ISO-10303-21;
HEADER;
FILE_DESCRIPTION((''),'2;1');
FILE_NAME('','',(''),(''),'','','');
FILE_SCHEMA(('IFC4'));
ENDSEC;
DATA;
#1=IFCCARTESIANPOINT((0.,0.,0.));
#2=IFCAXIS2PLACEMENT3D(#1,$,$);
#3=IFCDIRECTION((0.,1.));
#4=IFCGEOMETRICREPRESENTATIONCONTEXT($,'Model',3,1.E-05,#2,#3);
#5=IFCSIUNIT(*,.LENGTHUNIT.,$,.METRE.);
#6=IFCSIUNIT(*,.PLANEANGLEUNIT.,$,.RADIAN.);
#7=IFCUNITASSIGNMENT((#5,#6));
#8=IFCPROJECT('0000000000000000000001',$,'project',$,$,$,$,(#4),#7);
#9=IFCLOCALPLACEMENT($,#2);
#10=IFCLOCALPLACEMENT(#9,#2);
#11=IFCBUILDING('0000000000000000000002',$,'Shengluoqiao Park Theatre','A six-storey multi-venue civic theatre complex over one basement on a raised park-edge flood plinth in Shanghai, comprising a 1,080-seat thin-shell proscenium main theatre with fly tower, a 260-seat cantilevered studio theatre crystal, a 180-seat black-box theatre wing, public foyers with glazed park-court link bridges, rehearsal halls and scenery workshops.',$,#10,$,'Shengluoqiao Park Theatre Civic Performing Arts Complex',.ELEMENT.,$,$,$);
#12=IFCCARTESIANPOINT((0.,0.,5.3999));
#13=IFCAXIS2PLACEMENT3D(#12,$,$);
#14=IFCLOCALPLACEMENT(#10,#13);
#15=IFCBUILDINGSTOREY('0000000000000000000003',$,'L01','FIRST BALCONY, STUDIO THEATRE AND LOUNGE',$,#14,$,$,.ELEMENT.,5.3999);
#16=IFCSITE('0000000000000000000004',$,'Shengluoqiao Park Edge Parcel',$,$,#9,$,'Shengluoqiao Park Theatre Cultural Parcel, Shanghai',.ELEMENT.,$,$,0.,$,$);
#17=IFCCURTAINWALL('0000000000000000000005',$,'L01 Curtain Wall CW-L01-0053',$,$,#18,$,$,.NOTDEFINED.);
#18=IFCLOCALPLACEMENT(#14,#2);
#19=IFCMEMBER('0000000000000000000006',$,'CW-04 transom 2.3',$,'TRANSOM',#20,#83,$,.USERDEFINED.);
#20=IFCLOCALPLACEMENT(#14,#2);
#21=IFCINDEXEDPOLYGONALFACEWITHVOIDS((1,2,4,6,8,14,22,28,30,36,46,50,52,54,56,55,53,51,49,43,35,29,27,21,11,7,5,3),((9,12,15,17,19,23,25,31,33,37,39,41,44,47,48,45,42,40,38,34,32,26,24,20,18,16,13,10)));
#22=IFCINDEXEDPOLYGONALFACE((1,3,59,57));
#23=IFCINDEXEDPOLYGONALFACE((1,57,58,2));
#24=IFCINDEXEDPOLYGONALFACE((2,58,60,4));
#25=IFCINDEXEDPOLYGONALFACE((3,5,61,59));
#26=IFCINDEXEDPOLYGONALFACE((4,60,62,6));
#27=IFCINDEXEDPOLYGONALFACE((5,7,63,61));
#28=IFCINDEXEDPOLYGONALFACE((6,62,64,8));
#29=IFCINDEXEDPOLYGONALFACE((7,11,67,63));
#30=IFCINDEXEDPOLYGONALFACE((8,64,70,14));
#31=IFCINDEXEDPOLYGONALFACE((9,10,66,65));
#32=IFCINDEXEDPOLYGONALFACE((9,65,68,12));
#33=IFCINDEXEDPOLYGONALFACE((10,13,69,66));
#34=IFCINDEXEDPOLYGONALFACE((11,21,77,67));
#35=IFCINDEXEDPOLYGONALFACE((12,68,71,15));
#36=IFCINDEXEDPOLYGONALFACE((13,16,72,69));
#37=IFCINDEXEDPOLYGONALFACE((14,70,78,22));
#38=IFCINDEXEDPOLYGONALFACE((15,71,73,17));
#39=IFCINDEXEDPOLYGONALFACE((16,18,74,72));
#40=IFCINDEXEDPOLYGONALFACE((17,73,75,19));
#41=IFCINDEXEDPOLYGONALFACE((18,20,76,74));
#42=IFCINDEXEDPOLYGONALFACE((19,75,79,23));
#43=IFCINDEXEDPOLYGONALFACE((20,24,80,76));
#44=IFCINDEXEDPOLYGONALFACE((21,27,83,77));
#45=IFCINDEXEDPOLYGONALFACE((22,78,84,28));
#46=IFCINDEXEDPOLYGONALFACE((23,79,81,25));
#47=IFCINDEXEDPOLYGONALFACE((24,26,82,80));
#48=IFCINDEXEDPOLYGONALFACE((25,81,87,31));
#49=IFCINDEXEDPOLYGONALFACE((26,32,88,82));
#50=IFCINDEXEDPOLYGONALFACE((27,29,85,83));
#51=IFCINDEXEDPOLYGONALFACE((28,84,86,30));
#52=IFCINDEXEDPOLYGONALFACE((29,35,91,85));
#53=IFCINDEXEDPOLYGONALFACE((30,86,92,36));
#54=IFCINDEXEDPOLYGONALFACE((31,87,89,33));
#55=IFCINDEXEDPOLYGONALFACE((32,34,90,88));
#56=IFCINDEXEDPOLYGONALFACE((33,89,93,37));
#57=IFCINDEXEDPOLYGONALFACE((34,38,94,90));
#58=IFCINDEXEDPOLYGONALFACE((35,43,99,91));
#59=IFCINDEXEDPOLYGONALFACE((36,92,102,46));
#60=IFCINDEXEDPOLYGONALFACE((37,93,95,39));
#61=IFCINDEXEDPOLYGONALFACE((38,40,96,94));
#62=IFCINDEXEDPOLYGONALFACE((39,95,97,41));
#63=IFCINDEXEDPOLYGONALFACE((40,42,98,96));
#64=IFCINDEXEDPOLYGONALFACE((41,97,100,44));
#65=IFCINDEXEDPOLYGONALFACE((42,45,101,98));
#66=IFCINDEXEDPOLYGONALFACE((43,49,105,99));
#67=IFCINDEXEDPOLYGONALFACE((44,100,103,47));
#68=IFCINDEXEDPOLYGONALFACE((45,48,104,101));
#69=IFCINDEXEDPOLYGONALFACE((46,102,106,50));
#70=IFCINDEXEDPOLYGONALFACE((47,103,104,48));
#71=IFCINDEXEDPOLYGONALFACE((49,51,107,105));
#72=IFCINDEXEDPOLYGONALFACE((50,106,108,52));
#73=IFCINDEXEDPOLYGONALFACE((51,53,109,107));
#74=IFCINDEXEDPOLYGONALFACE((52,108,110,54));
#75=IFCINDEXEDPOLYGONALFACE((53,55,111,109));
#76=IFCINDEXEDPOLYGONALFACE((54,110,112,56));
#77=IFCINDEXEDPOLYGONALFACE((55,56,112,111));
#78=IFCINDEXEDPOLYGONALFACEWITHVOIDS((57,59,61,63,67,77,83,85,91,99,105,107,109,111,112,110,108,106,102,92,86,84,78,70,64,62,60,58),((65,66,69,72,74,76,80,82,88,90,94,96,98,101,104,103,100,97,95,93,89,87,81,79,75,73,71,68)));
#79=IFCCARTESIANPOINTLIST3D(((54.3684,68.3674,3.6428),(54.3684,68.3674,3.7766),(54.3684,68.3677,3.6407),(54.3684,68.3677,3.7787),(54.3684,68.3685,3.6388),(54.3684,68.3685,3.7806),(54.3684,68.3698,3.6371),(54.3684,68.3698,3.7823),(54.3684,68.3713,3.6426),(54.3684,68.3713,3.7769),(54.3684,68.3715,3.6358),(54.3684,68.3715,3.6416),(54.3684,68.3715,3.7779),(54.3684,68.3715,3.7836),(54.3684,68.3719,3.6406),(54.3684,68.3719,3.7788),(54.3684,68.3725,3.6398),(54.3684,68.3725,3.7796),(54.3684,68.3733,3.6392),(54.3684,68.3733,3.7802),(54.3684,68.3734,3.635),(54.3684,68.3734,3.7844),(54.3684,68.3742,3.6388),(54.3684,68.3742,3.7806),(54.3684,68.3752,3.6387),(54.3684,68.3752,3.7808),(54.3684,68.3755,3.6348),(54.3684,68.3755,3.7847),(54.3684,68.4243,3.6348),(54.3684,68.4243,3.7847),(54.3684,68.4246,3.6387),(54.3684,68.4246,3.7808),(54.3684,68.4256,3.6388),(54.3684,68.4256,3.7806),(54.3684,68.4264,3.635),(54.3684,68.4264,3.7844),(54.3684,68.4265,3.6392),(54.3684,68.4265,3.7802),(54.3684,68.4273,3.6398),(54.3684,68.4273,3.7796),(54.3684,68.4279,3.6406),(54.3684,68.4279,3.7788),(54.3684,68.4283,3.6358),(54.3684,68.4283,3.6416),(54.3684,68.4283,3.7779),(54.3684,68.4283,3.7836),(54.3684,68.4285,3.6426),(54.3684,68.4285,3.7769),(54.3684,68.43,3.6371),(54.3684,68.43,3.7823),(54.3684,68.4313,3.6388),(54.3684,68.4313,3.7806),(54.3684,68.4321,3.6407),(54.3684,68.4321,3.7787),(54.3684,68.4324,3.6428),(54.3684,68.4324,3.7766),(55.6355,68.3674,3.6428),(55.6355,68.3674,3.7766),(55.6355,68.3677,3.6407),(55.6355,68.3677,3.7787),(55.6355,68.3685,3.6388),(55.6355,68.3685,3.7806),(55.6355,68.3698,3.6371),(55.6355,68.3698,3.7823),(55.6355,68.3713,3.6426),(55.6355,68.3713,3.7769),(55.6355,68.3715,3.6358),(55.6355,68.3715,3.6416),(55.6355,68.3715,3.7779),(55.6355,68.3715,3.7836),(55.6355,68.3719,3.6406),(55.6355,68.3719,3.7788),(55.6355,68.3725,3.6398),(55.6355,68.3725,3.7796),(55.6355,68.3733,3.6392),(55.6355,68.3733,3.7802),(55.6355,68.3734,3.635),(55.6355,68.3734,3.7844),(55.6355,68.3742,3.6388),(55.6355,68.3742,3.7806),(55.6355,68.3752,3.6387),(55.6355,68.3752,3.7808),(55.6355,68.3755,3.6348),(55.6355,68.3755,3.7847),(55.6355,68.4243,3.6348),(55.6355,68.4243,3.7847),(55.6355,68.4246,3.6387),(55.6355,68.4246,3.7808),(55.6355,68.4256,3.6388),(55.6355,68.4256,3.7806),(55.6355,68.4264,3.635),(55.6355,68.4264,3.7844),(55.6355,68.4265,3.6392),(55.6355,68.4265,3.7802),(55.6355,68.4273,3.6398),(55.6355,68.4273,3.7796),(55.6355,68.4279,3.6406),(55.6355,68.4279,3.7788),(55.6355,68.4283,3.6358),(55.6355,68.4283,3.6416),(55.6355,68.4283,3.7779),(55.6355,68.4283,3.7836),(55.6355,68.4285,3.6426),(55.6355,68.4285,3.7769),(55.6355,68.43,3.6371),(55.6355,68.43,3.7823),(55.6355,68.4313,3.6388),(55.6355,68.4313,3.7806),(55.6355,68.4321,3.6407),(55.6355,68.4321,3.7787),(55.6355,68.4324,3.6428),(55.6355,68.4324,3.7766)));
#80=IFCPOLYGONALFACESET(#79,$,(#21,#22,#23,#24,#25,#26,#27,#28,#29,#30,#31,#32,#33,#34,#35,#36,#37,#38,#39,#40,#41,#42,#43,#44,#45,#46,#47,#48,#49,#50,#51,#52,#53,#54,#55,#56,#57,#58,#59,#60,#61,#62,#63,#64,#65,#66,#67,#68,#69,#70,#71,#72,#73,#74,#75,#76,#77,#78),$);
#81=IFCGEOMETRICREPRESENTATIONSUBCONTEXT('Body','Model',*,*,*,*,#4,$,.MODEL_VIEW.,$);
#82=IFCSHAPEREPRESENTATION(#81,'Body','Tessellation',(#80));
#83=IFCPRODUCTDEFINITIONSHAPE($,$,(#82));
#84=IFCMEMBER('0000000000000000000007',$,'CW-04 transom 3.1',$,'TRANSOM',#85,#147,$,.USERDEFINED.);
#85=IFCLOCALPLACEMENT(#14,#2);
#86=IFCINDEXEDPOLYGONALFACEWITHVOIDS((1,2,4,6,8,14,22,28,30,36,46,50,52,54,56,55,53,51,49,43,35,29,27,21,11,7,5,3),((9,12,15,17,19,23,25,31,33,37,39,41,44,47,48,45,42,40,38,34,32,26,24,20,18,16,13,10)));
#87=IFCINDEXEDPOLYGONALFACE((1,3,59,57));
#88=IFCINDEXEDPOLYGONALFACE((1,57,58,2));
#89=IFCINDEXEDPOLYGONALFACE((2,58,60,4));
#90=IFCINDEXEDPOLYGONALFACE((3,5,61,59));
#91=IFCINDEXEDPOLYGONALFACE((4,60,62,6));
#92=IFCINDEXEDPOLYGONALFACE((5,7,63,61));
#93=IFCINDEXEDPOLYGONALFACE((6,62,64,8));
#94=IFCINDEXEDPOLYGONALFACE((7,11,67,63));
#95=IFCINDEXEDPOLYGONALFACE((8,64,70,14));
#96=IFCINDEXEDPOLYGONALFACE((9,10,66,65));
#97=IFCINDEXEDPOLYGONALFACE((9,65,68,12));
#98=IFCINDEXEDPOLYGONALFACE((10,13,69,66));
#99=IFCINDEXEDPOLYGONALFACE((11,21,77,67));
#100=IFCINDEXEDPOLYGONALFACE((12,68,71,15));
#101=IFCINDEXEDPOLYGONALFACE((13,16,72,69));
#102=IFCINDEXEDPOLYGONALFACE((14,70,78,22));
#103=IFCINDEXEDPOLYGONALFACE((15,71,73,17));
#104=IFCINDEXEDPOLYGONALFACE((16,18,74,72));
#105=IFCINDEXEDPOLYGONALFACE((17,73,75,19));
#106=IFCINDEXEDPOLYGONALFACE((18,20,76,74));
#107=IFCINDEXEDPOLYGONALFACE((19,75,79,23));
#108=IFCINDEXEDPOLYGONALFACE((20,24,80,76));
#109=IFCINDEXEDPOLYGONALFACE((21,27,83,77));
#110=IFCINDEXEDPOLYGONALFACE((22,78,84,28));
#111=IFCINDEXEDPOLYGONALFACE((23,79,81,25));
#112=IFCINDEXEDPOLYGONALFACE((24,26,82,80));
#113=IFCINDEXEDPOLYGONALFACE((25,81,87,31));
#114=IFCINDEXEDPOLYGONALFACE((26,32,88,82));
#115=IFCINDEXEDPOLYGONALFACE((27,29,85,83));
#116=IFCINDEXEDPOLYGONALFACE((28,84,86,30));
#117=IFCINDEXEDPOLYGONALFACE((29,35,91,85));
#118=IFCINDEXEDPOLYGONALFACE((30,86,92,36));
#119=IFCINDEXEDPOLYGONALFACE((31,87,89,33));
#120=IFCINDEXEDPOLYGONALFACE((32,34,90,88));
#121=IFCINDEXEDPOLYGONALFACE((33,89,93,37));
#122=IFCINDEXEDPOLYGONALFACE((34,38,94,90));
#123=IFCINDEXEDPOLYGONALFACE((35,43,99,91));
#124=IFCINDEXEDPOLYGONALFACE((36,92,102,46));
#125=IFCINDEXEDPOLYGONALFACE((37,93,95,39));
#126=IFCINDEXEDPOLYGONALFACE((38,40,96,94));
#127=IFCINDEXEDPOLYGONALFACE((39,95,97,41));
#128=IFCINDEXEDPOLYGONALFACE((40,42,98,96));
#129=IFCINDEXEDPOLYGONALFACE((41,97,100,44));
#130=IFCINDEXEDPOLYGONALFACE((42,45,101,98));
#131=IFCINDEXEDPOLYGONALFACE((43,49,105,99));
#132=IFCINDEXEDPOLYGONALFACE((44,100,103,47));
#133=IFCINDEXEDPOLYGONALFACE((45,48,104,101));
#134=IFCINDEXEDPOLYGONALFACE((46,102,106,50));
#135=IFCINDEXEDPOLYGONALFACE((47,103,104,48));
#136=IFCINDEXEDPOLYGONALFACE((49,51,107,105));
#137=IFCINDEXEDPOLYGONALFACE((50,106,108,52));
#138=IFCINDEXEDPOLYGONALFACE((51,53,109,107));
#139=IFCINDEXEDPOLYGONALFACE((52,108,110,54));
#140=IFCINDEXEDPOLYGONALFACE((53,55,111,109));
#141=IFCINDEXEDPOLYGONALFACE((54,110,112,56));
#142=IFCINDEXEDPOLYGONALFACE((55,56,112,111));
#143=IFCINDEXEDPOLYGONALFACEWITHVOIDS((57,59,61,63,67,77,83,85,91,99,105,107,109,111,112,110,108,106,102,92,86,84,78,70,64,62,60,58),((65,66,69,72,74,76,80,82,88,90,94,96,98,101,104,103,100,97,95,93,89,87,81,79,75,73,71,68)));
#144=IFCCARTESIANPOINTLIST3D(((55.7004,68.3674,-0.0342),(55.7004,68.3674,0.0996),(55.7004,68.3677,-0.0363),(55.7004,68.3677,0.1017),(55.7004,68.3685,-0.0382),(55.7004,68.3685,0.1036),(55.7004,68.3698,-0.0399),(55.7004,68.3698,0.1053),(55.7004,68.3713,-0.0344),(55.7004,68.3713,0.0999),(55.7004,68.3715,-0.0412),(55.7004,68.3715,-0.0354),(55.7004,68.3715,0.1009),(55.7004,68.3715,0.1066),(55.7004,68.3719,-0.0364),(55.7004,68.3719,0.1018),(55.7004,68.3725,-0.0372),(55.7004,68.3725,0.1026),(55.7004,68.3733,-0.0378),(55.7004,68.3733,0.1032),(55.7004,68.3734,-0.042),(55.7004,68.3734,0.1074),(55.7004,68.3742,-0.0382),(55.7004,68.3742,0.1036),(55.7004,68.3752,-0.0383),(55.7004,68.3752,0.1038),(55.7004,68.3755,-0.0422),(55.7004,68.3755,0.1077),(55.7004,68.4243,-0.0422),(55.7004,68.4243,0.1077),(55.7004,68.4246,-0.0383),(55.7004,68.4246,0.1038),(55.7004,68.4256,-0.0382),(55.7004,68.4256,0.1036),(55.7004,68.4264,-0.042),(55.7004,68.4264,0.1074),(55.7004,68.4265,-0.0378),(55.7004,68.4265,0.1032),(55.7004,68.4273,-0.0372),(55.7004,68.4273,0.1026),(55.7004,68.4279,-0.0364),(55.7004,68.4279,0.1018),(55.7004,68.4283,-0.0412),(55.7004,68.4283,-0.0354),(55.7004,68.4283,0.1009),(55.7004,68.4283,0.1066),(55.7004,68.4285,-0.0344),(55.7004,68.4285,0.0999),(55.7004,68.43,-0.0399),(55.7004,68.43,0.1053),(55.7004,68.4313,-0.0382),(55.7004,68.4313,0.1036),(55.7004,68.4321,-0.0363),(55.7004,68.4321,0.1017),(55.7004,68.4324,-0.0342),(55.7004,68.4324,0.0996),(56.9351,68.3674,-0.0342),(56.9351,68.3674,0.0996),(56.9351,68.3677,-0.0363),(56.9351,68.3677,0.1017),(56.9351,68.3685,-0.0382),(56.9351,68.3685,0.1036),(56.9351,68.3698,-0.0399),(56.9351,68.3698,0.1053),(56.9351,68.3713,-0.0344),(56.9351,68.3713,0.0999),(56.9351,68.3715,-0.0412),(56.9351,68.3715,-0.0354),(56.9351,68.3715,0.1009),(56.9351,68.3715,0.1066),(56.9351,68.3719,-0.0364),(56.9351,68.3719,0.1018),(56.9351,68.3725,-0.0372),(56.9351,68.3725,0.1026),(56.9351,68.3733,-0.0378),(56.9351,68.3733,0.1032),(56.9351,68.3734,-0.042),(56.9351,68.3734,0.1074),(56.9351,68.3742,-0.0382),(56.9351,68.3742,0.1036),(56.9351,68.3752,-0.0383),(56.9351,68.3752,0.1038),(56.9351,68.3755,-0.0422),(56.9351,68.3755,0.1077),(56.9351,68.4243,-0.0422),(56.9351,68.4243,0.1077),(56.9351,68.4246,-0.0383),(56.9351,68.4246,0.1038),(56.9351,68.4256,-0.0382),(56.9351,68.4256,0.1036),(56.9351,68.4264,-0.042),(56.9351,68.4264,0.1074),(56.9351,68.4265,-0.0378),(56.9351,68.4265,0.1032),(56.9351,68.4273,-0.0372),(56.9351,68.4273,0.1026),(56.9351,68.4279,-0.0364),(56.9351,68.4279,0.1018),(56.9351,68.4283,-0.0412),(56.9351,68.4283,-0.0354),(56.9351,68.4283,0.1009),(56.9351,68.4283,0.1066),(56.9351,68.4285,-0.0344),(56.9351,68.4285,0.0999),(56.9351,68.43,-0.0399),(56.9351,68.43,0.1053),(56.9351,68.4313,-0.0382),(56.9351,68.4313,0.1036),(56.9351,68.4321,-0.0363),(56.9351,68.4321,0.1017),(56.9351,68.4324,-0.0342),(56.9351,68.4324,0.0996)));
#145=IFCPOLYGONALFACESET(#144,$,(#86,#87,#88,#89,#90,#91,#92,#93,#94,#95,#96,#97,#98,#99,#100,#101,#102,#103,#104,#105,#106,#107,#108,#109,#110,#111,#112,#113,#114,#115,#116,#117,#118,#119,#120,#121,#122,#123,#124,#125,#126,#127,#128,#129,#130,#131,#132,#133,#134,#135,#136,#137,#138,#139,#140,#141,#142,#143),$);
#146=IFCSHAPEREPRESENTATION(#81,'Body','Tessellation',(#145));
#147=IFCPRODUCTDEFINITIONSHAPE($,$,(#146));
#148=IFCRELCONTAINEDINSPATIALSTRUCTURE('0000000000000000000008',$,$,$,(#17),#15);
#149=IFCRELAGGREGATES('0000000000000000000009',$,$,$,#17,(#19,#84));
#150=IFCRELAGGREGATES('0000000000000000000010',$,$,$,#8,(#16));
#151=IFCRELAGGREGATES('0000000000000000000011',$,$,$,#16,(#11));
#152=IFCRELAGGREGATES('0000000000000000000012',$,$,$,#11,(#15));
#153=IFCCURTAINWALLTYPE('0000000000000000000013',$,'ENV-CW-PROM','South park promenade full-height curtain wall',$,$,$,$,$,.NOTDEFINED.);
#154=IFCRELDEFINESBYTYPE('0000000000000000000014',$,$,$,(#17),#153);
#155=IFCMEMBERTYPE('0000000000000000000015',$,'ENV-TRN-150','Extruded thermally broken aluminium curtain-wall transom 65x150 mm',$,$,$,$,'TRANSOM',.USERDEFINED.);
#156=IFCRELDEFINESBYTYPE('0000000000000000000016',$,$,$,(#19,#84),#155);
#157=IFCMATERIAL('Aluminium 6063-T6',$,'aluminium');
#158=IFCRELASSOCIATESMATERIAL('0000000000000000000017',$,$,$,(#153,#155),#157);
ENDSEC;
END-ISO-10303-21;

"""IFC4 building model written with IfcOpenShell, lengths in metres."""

from ifc_helpers import new_model, si_unit, direction, frame, origin, origin_2d, place, context, subcontext, project, spatial, hollow_rectangle, extrude, material, material_profile, profile_set, type_object, element, aggregate, save


model = new_model("IFC4")

# Units and contexts
model_context = context("Model", 3, precision=1e-05, world=origin(), true_north=direction((0.0, 1.0)))
body_context = subcontext(model_context, "Body", "Model", "MODEL_VIEW")
ifc_project = project(units=[si_unit("LENGTHUNIT", "METRE"), si_unit("PLANEANGLEUNIT", "RADIAN")], contexts=[model_context])

# Site, building, storey
site_placement = place(None, origin())
site = spatial("IfcSite", under=ifc_project, at=site_placement, Name="Shengluoqiao Park Edge Parcel", LongName="Shengluoqiao Park Theatre Cultural Parcel, Shanghai", CompositionType="ELEMENT", RefElevation=0.0)
building_placement = place(site_placement, origin())
building = spatial("IfcBuilding", under=site, at=building_placement, Name="Shengluoqiao Park Theatre", Description="A six-storey multi-venue civic theatre complex over one basement on a raised park-edge flood plinth in Shanghai, comprising a 1,080-seat thin-shell proscenium main theatre with fly tower, a 260-seat cantilevered studio theatre crystal, a 180-seat black-box theatre wing, public foyers with glazed park-court link bridges, rehearsal halls and scenery workshops.", LongName="Shengluoqiao Park Theatre Civic Performing Arts Complex", CompositionType="ELEMENT")
storey_placement = place(building_placement, frame((0.0, 0.0, 5.3999)))
storey = spatial("IfcBuildingStorey", under=building, at=storey_placement, Name="L01", Description="FIRST BALCONY, STUDIO THEATRE AND LOUNGE", CompositionType="ELEMENT", Elevation=5.3999)

# Curtain wall
ifc_material_1 = material(Name="Aluminium 6063-T6", Category="aluminium")
curtain_wall_type = type_object("IfcCurtainWallType", Name="ENV-CW-PROM", Description="South park promenade full-height curtain wall", PredefinedType="NOTDEFINED", material=ifc_material_1)
curtain_wall_1_placement = place(storey_placement, origin())
curtain_wall_1 = element("IfcCurtainWall", 1, at=curtain_wall_1_placement, inside=storey, type_object=curtain_wall_type, Name="L01 Curtain Wall CW-L01-0053", PredefinedType="NOTDEFINED")

# Members
ifc_material_profile_1 = material_profile(ifc_material_1, hollow_rectangle(XDim=0.0649, YDim=0.1499, WallThickness=0.0039, InnerFilletRadius=0.0039, OuterFilletRadius=0.0081, at=origin_2d()), Name="ALU TRANSOM 150x65x4")
ifc_profile_set_1 = profile_set([ifc_material_profile_1], Name="Aluminium 6063-T6")
member_type_1 = type_object("IfcMemberType", Name="ENV-TRN-150", Description="Extruded thermally broken aluminium curtain-wall transom 65x150 mm", ElementType="TRANSOM", PredefinedType="USERDEFINED", material=ifc_profile_set_1)
member_1_placement = place(storey_placement, frame((54.3684, 68.3999, 3.7097), z_axis=(1.0, 0.0, 0.0), x_axis=(0.0, 1.0, 0.0)))
member_1 = element("IfcMember", 2, at=member_1_placement, type_object=member_type_1, Name="CW-04 transom 2.3", ObjectType="TRANSOM", PredefinedType="USERDEFINED", context=body_context, shape_type="SweptSolid", body=[
    extrude(hollow_rectangle(XDim=0.0649, YDim=0.1499, WallThickness=0.0039, InnerFilletRadius=0.0039, OuterFilletRadius=0.0081, at=origin_2d()), origin(), (0.0, 0.0, 1.0), 1.2671),
])
member_2_placement = place(storey_placement, frame((55.7004, 68.3999, 0.0327), z_axis=(1.0, 0.0, 0.0), x_axis=(0.0, 1.0, 0.0)))
member_2 = element("IfcMember", 3, at=member_2_placement, type_object=member_type_1, Name="CW-04 transom 3.1", ObjectType="TRANSOM", PredefinedType="USERDEFINED", context=body_context, shape_type="SweptSolid", body=[
    extrude(hollow_rectangle(XDim=0.0649, YDim=0.1499, WallThickness=0.0039, InnerFilletRadius=0.0039, OuterFilletRadius=0.0081, at=origin_2d()), origin(), (0.0, 0.0, 1.0), 1.2346),
])

aggregate(curtain_wall_1, [member_1, member_2])

save(model, "model.ifc")
